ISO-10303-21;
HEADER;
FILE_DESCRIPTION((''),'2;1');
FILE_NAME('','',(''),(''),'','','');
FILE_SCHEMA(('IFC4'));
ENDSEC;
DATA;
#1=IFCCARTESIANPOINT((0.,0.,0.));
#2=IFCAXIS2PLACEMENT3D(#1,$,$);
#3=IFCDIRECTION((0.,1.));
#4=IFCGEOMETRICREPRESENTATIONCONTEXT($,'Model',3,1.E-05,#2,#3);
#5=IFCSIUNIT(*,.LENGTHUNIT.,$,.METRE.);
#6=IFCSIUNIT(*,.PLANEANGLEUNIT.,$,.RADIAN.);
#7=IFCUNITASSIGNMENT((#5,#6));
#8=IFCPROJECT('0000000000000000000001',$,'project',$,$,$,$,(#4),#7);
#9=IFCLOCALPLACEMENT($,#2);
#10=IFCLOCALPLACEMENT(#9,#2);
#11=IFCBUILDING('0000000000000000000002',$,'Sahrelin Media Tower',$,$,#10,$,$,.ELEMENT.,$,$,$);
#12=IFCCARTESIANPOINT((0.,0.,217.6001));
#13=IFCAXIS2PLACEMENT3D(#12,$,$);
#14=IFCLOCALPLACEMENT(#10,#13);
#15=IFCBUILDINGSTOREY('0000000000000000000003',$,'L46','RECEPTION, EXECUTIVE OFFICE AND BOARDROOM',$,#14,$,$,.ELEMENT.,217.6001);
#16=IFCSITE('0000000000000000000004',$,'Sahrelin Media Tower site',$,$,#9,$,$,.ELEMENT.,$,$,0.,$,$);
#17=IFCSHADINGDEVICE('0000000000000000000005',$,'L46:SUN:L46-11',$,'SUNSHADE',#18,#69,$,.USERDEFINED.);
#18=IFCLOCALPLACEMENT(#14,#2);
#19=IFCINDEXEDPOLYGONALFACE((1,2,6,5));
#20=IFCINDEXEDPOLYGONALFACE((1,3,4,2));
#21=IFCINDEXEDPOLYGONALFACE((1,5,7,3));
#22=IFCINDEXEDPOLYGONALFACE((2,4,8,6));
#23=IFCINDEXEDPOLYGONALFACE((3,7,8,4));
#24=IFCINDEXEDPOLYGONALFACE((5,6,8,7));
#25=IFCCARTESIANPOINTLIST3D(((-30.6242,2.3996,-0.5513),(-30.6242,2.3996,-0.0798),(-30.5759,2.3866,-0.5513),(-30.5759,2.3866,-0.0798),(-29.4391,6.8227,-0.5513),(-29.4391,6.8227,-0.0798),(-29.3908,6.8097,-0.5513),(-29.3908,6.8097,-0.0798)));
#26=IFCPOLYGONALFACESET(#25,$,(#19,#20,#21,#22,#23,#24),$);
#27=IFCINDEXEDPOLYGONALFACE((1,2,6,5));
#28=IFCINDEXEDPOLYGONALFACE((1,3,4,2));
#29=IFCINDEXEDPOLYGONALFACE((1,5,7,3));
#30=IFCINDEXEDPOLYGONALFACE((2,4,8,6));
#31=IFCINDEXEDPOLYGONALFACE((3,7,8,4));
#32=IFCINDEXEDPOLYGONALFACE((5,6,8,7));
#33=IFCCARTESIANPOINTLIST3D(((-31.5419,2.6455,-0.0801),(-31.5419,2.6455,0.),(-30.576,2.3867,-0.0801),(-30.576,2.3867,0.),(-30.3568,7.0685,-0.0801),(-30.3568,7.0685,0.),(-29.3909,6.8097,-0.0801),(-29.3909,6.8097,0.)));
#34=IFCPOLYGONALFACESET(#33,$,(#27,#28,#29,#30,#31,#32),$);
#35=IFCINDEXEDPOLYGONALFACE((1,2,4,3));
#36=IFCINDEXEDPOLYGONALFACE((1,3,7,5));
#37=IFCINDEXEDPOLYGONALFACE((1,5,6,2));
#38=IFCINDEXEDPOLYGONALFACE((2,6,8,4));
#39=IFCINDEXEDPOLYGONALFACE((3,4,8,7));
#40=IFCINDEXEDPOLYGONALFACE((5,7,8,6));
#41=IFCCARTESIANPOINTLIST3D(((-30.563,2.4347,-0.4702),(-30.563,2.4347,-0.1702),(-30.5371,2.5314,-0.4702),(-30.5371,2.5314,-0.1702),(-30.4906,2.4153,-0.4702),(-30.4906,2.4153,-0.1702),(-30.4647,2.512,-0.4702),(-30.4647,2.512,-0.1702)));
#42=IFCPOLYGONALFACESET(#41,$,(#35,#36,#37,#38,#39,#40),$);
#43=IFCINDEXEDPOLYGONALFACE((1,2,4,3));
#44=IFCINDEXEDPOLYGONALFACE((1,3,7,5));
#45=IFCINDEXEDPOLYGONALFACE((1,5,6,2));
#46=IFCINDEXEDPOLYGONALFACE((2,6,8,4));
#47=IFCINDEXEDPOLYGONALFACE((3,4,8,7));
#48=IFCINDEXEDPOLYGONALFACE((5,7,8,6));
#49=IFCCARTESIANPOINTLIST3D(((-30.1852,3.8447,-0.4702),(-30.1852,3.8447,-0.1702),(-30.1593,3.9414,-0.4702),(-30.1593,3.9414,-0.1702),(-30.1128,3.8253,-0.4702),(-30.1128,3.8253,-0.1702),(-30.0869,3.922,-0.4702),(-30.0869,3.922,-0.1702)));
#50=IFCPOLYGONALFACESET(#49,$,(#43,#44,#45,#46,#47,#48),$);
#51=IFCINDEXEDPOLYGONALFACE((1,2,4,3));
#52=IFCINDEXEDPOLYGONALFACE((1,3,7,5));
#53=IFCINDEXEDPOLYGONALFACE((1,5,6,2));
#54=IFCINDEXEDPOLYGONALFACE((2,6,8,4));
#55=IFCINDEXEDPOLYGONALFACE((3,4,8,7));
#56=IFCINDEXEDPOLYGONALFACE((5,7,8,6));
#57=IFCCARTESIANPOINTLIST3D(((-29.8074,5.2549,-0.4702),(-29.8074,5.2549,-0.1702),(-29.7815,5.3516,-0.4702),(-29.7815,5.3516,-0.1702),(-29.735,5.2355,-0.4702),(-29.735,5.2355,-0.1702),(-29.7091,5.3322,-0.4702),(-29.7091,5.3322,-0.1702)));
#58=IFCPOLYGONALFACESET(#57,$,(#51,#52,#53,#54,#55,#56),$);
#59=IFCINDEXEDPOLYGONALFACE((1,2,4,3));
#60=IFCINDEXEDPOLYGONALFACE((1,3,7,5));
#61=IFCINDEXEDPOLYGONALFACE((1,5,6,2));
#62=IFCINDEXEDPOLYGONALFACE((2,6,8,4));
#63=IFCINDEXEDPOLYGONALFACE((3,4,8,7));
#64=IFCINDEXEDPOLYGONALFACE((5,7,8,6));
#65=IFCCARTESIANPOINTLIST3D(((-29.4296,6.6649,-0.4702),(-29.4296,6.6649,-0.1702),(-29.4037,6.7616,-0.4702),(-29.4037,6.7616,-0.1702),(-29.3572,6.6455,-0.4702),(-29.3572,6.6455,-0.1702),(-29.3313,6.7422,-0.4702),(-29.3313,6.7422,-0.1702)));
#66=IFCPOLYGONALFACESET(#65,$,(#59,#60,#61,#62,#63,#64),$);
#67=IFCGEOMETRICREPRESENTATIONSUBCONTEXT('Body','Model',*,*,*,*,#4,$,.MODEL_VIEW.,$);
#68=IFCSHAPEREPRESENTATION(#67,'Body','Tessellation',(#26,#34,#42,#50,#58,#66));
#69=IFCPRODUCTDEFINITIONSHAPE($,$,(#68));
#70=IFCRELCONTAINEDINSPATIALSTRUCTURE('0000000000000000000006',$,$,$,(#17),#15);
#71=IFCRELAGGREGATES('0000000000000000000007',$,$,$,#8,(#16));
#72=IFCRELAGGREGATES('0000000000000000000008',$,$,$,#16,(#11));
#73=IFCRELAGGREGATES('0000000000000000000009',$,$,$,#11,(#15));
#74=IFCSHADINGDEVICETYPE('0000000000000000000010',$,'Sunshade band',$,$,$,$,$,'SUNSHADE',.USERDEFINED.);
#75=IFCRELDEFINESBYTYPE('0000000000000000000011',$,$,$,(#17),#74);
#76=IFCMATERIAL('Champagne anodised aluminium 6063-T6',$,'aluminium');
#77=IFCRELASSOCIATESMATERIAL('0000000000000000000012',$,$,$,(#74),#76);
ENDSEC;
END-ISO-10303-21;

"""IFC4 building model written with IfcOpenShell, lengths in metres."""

from ifc_helpers import new_model, si_unit, direction, frame, origin, origin_2d, place, context, subcontext, project, spatial, rectangle, extrude, material, type_object, element, save


model = new_model("IFC4")

# Units and contexts
model_context = context("Model", 3, precision=1e-05, world=origin(), true_north=direction((0.0, 1.0)))
body_context = subcontext(model_context, "Body", "Model", "MODEL_VIEW")
ifc_project = project(units=[si_unit("LENGTHUNIT", "METRE"), si_unit("PLANEANGLEUNIT", "RADIAN")], contexts=[model_context])

# Site, building, storey
site_placement = place(None, origin())
site = spatial("IfcSite", under=ifc_project, at=site_placement, Name="Sahrelin Media Tower site", CompositionType="ELEMENT", RefElevation=0.0)
building_placement = place(site_placement, origin())
building = spatial("IfcBuilding", under=site, at=building_placement, Name="Sahrelin Media Tower", CompositionType="ELEMENT")
storey_placement = place(building_placement, frame((0.0, 0.0, 217.6001)))
storey = spatial("IfcBuildingStorey", under=building, at=storey_placement, Name="L46", Description="RECEPTION, EXECUTIVE OFFICE AND BOARDROOM", CompositionType="ELEMENT", Elevation=217.6001)

# Shared definitions
ifc_material_1 = material(Name="Champagne anodised aluminium 6063-T6", Category="aluminium")

# Shading device
placement_1 = place(storey_placement, frame((-29.9641, 4.593, 0.0), z_axis=(0.0, 0.0, 1.0), x_axis=(0.258808, 0.965929, 0.0)))
shading_device_type_1 = type_object("IfcShadingDeviceType", Name="Sunshade band", ElementType="SUNSHADE", PredefinedType="USERDEFINED", material=ifc_material_1)
element("IfcShadingDevice", 1, at=placement_1, inside=storey, type_object=shading_device_type_1, Name="L46:SUN:L46-11", ObjectType="SUNSHADE", PredefinedType="USERDEFINED", context=body_context, shape_type="SweptSolid", body=[
    extrude(rectangle(XDim=4.5791, YDim=0.05, at=origin_2d()), frame((0.0, 0.0449, -0.5513)), (0.0, 0.0, 1.0), 0.4714),
    extrude(rectangle(XDim=4.5791, YDim=1.0, at=origin_2d()), frame((0.0, 0.52, -0.0801)), (0.0, 0.0, 1.0), 0.0801),
    extrude(rectangle(XDim=0.1001, YDim=0.075, at=origin_2d()), frame((-2.1897, -0.0176, -0.4702)), (0.0, 0.0, 1.0), 0.3),
    extrude(rectangle(XDim=0.1001, YDim=0.075, at=origin_2d()), frame((-0.73, -0.0176, -0.4702)), (0.0, 0.0, 1.0), 0.3),
    extrude(rectangle(XDim=0.1001, YDim=0.075, at=origin_2d()), frame((0.73, -0.0176, -0.4702)), (0.0, 0.0, 1.0), 0.3),
    extrude(rectangle(XDim=0.1001, YDim=0.075, at=origin_2d()), frame((2.1897, -0.0176, -0.4702)), (0.0, 0.0, 1.0), 0.3),
])

save(model, "model.ifc")
